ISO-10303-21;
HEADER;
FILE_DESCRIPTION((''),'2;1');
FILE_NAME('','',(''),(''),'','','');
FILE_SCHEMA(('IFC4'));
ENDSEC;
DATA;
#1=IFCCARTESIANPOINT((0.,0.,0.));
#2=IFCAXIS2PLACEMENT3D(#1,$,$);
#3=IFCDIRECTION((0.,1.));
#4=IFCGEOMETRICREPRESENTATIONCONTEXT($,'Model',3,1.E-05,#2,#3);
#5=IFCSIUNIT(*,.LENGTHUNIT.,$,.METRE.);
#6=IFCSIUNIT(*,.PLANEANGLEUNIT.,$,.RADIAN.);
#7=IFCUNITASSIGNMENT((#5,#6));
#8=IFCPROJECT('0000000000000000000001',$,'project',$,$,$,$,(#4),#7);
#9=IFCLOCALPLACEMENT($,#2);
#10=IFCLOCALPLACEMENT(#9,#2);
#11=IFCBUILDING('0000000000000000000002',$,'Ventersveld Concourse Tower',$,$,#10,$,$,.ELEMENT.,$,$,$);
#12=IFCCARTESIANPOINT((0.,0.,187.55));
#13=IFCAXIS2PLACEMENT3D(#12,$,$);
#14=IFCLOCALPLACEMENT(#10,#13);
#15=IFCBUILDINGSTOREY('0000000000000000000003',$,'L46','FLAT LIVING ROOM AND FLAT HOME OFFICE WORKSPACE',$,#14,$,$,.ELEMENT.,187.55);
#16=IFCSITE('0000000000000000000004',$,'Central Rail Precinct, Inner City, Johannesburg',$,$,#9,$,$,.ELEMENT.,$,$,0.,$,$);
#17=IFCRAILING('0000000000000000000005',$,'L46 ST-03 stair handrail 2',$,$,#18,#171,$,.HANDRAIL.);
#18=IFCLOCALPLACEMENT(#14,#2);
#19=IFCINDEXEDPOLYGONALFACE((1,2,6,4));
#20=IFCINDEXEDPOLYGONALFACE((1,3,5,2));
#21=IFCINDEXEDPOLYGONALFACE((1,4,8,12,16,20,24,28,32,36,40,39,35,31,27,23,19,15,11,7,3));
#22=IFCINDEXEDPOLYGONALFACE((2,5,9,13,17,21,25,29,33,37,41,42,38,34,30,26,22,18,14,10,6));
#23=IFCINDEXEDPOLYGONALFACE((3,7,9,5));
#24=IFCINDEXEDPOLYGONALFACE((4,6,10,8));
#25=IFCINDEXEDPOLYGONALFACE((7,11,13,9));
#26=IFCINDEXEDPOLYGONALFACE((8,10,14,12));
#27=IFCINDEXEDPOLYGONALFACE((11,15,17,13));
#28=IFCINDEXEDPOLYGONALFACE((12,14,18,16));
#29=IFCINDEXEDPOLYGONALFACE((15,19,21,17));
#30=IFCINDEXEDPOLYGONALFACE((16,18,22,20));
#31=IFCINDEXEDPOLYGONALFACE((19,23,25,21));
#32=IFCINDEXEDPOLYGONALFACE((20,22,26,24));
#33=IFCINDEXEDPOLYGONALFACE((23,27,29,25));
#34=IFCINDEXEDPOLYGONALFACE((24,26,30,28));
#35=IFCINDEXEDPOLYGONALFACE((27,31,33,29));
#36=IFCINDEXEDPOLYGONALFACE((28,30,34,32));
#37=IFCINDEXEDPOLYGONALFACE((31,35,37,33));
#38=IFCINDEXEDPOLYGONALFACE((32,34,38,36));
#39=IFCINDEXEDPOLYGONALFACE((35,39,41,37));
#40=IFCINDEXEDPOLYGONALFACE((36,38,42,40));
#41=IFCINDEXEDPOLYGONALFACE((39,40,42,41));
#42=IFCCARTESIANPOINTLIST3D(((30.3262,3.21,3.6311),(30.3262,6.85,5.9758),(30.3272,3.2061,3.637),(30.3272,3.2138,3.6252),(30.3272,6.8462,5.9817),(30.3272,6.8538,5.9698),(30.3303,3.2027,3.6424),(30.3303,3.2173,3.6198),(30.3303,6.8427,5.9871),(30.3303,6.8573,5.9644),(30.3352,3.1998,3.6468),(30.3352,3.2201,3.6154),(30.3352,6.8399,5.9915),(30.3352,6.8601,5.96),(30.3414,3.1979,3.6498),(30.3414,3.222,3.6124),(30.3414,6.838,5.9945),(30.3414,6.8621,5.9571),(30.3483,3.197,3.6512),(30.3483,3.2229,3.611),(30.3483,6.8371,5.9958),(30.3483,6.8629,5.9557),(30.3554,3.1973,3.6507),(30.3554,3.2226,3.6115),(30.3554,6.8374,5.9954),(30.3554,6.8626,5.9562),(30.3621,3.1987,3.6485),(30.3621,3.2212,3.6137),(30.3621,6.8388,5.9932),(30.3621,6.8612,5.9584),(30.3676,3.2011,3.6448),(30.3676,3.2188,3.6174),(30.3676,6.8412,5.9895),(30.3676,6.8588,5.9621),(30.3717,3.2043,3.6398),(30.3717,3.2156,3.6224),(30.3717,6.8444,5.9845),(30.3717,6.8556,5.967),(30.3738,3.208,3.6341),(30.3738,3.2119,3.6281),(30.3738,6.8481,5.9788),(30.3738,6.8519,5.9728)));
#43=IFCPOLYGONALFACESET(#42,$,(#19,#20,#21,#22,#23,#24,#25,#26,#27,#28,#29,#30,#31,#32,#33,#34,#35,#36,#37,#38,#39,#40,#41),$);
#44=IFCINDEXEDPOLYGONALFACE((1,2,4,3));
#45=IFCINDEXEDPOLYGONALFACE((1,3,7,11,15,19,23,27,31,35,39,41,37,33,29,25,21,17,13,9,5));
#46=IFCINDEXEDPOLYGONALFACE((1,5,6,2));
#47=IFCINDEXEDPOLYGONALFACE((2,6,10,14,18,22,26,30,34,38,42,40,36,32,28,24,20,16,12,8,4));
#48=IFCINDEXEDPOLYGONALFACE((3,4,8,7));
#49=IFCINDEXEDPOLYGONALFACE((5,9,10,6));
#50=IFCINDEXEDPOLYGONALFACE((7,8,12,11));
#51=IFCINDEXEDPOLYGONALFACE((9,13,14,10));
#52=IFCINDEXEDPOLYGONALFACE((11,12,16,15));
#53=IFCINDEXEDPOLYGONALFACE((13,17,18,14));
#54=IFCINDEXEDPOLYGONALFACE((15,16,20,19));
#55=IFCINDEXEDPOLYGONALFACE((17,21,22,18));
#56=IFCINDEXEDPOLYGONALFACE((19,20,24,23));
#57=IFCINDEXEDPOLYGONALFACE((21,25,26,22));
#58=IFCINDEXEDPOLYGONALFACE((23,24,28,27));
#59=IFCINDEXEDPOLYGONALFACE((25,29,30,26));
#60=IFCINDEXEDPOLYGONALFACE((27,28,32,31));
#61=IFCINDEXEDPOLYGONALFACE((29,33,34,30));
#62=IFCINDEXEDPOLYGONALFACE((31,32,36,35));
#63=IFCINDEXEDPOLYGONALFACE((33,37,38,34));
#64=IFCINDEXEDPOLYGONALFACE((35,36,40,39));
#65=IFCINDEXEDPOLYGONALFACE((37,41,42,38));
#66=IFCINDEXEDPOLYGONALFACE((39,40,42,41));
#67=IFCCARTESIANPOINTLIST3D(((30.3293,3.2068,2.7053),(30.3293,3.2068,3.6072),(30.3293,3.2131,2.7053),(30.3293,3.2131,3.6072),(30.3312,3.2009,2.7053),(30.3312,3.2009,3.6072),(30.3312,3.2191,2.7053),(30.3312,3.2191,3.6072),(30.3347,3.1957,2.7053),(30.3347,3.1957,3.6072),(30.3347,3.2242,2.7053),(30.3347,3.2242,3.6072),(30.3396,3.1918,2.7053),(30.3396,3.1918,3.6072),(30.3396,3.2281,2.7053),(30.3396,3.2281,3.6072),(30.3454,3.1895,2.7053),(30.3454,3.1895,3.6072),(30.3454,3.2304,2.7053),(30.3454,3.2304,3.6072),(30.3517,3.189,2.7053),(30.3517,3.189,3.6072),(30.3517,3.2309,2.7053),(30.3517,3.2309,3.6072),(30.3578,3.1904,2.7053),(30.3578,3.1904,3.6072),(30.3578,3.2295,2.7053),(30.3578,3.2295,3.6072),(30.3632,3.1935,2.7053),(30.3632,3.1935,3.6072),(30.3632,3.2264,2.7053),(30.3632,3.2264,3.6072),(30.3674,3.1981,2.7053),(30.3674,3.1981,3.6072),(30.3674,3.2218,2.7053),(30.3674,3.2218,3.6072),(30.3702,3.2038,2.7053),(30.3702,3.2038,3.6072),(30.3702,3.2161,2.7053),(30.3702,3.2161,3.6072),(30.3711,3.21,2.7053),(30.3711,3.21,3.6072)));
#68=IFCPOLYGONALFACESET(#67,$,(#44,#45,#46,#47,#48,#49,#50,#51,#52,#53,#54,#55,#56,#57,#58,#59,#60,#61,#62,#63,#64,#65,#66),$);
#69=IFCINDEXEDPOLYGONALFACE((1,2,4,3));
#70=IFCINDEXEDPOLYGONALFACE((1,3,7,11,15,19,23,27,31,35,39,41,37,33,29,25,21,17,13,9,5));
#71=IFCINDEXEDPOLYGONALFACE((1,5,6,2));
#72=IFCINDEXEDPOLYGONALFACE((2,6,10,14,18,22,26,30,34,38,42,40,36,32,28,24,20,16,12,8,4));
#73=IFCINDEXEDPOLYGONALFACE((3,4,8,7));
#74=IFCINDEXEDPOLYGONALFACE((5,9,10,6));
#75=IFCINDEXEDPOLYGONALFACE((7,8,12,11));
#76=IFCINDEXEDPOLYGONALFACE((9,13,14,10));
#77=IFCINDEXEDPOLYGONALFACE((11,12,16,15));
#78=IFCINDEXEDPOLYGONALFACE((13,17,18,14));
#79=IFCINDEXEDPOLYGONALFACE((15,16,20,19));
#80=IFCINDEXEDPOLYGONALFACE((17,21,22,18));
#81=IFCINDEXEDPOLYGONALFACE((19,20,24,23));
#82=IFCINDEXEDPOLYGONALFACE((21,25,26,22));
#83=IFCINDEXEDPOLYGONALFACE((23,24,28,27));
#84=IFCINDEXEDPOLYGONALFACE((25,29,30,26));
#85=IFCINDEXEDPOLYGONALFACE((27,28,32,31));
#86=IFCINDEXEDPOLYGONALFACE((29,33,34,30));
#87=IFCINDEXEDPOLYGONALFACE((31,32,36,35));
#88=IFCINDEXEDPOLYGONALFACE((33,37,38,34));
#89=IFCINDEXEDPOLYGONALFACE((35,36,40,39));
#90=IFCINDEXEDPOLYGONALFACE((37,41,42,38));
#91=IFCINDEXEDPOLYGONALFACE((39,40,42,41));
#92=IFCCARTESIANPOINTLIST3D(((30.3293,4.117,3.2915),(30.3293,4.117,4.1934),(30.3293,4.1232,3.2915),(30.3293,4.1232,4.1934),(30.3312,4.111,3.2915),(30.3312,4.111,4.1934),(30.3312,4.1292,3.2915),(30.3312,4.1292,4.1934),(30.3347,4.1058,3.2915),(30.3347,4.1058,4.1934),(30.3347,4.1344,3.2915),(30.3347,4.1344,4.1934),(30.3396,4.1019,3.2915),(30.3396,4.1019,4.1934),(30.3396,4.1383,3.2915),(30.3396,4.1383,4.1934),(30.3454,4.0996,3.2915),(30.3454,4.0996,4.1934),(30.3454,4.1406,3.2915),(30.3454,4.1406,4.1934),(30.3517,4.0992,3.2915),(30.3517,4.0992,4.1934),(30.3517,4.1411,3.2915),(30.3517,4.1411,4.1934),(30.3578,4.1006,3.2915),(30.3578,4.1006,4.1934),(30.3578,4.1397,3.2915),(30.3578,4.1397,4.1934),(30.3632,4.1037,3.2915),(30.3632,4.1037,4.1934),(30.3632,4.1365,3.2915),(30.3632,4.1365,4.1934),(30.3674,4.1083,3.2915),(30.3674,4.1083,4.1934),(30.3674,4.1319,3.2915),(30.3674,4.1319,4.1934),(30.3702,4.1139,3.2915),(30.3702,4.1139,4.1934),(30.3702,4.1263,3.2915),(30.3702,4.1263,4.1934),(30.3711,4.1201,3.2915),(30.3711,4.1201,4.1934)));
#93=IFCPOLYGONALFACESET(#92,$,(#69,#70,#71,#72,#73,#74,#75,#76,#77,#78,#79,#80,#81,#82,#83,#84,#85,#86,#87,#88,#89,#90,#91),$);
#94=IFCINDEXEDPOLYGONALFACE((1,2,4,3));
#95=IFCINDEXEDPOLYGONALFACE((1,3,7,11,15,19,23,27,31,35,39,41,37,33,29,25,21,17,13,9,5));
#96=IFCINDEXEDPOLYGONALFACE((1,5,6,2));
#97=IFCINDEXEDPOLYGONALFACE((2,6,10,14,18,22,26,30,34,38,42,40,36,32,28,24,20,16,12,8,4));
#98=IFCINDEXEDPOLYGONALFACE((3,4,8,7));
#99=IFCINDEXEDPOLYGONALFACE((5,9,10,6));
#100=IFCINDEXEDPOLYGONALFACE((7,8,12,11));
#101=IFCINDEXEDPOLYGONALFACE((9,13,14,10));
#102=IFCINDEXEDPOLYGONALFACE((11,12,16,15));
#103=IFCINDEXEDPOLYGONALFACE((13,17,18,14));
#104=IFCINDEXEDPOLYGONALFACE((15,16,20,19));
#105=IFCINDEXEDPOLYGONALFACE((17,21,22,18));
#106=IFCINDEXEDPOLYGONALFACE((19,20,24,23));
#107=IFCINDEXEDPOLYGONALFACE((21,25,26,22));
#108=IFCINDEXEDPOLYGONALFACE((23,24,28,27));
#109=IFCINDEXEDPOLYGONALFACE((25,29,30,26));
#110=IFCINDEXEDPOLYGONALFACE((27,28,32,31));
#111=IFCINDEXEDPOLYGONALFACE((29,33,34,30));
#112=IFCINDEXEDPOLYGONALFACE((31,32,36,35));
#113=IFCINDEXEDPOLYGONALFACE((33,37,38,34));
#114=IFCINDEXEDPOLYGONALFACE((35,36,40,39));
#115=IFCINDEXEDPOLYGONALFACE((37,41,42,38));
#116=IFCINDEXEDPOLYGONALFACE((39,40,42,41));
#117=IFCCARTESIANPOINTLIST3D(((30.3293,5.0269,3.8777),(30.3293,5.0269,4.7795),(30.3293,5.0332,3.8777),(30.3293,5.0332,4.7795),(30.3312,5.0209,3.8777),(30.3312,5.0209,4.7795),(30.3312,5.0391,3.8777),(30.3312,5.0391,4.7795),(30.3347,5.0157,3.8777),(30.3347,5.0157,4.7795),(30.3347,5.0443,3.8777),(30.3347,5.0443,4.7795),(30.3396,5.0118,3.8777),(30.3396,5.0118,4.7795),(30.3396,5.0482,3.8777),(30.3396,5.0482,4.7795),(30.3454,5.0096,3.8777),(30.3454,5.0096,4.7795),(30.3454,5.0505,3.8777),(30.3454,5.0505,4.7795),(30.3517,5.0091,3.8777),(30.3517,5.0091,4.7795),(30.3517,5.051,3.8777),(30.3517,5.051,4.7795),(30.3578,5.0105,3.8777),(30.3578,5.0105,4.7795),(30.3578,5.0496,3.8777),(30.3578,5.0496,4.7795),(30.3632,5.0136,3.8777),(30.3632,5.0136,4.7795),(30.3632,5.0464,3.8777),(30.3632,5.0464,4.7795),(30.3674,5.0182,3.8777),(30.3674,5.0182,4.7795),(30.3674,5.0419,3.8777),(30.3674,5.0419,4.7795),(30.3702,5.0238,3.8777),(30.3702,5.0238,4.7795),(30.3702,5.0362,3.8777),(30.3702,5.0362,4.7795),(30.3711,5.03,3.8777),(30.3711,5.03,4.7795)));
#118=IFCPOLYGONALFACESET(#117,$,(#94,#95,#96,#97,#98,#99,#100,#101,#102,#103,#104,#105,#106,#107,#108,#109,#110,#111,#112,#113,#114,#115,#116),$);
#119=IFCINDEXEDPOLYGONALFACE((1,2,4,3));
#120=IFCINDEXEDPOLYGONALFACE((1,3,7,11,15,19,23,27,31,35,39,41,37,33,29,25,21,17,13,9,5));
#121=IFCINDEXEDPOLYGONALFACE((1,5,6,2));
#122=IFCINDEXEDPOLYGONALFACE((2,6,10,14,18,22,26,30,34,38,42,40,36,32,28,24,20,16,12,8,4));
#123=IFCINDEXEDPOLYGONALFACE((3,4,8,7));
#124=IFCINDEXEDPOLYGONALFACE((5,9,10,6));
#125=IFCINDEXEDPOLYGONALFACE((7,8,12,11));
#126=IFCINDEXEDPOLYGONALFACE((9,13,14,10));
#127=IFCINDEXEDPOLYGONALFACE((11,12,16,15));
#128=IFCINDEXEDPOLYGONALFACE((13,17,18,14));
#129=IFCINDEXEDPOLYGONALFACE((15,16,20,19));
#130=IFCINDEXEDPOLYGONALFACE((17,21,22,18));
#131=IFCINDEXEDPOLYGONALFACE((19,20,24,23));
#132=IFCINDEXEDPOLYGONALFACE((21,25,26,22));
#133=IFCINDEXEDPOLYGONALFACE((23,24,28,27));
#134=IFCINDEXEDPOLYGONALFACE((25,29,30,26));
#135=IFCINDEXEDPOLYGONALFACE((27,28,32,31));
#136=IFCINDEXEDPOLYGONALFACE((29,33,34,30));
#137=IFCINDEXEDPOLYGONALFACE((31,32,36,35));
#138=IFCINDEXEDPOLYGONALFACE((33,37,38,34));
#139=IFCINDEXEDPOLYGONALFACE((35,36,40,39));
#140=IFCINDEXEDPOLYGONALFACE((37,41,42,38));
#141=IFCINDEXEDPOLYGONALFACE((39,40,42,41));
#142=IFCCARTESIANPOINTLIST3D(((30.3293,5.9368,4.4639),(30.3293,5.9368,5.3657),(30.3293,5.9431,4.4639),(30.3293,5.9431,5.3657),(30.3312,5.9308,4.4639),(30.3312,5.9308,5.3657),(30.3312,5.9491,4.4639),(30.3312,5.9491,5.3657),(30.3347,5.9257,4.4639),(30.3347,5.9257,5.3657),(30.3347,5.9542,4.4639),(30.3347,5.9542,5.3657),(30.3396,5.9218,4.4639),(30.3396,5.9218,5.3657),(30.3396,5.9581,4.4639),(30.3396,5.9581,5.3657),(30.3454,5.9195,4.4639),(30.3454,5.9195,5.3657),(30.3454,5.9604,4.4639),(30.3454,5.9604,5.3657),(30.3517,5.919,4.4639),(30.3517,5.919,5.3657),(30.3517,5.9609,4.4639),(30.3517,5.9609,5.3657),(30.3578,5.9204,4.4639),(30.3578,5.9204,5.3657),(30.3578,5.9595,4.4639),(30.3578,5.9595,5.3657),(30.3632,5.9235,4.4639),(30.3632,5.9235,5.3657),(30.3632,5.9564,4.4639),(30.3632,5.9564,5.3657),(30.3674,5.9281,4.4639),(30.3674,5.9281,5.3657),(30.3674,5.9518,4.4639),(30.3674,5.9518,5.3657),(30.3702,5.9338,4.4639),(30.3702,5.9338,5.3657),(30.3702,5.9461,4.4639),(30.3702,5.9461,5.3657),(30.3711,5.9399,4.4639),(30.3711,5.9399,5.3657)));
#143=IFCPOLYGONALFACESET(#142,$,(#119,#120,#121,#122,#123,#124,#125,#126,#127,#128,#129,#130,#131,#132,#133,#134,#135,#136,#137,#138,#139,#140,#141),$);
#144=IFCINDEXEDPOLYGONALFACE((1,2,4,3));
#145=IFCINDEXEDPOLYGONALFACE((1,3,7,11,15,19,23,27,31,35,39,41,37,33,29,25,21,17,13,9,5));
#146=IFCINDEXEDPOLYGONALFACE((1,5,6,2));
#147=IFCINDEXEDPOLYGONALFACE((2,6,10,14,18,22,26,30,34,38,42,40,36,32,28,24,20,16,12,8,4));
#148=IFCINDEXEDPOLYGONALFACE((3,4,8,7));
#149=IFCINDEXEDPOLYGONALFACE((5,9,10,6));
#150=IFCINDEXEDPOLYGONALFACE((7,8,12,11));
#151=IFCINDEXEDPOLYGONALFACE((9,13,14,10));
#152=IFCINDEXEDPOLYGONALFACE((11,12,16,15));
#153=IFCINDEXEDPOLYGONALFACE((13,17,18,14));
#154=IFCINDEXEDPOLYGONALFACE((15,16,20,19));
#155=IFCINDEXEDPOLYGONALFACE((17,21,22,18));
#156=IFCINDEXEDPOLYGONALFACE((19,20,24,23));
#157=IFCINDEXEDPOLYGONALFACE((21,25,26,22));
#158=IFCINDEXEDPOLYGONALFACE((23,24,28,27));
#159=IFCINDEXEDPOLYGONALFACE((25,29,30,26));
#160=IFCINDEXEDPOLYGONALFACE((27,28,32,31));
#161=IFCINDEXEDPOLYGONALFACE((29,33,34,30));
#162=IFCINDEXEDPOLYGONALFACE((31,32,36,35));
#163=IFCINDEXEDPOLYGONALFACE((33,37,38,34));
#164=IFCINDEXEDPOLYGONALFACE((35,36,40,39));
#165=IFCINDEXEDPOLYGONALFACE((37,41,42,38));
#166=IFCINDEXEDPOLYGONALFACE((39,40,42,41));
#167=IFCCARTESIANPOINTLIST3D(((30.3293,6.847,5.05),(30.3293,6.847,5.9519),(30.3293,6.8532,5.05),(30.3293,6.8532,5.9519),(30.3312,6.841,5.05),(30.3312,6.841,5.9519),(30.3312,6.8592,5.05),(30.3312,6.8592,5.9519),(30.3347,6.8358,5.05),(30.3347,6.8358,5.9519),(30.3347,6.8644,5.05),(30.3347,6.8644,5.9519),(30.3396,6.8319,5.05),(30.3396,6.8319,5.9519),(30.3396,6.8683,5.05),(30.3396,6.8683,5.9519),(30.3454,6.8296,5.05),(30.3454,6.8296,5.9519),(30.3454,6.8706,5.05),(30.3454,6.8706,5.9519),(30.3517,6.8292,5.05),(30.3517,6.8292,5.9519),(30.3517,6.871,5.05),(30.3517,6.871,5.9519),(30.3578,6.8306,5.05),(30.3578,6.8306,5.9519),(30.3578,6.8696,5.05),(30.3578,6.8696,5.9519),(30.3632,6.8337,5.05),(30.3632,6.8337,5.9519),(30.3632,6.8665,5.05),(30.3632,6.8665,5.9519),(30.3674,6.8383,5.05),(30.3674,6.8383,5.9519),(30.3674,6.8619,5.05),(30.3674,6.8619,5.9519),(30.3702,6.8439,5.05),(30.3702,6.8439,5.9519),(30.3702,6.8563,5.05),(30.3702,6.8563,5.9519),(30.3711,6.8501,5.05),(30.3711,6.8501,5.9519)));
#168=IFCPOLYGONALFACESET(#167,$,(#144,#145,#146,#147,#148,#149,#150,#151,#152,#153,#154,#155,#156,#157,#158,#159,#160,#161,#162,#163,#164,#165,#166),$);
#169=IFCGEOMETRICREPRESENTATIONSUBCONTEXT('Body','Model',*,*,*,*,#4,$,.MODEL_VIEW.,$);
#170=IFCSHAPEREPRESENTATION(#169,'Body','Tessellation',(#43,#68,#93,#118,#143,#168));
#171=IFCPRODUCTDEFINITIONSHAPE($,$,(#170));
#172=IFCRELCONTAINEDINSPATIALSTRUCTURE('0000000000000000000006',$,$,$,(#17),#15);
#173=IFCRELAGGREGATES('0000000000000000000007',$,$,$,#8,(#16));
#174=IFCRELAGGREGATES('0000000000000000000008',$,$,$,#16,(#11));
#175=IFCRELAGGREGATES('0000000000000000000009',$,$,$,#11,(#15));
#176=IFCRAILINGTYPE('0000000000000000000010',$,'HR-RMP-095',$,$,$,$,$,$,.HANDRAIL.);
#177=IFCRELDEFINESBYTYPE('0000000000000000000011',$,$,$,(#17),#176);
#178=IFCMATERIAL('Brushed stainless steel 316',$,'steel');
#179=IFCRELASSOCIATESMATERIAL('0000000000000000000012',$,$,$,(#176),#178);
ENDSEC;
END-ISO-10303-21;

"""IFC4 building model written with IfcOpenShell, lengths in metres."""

from ifc_helpers import new_model, si_unit, direction, frame, origin, origin_2d, place, context, subcontext, project, spatial, circle, extrude, material, type_object, element, save


model = new_model("IFC4")

# Units and contexts
model_context = context("Model", 3, precision=1e-05, world=origin(), true_north=direction((0.0, 1.0)))
body_context = subcontext(model_context, "Body", "Model", "MODEL_VIEW")
ifc_project = project(units=[si_unit("LENGTHUNIT", "METRE"), si_unit("PLANEANGLEUNIT", "RADIAN")], contexts=[model_context])

# Site, building, storey
site_placement = place(None, origin())
site = spatial("IfcSite", under=ifc_project, at=site_placement, Name="Central Rail Precinct, Inner City, Johannesburg", CompositionType="ELEMENT", RefElevation=0.0)
building_placement = place(site_placement, origin())
building = spatial("IfcBuilding", under=site, at=building_placement, Name="Ventersveld Concourse Tower", CompositionType="ELEMENT")
storey_placement = place(building_placement, frame((0.0, 0.0, 187.55)))
storey = spatial("IfcBuildingStorey", under=building, at=storey_placement, Name="L46", Description="FLAT LIVING ROOM AND FLAT HOME OFFICE WORKSPACE", CompositionType="ELEMENT", Elevation=187.55)

# Shared definitions
ifc_material_1 = material(Name="Brushed stainless steel 316", Category="steel")

# Railing
railing_type_1 = type_object("IfcRailingType", Name="HR-RMP-095", PredefinedType="HANDRAIL", material=ifc_material_1)
railing_1_placement = place(storey_placement, frame((30.3501, 3.21, 2.7053)))
element("IfcRailing", 1, at=railing_1_placement, inside=storey, type_object=railing_type_1, Name="L46 ST-03 stair handrail 2", PredefinedType="HANDRAIL", context=body_context, shape_type="SweptSolid", body=[
    extrude(circle(Radius=0.0239, at=origin_2d()), frame((0.0, 0.0, 0.9258), z_axis=(0.0, 0.840691, 0.541515), x_axis=(-1.0, 0.0, 0.0)), (0.0, 0.0, 1.0), 4.3298),
    extrude(circle(Radius=0.021, at=origin_2d()), origin(), (0.0, 0.0, 1.0), 0.9019),
    extrude(circle(Radius=0.021, at=origin_2d()), frame((0.0, 0.9102, 0.5862)), (0.0, 0.0, 1.0), 0.9019),
    extrude(circle(Radius=0.021, at=origin_2d()), frame((0.0, 1.8201, 1.1724)), (0.0, 0.0, 1.0), 0.9019),
    extrude(circle(Radius=0.021, at=origin_2d()), frame((0.0, 2.73, 1.7585)), (0.0, 0.0, 1.0), 0.9019),
    extrude(circle(Radius=0.021, at=origin_2d()), frame((0.0, 3.6401, 2.3447)), (0.0, 0.0, 1.0), 0.9019),
])

save(model, "model.ifc")
